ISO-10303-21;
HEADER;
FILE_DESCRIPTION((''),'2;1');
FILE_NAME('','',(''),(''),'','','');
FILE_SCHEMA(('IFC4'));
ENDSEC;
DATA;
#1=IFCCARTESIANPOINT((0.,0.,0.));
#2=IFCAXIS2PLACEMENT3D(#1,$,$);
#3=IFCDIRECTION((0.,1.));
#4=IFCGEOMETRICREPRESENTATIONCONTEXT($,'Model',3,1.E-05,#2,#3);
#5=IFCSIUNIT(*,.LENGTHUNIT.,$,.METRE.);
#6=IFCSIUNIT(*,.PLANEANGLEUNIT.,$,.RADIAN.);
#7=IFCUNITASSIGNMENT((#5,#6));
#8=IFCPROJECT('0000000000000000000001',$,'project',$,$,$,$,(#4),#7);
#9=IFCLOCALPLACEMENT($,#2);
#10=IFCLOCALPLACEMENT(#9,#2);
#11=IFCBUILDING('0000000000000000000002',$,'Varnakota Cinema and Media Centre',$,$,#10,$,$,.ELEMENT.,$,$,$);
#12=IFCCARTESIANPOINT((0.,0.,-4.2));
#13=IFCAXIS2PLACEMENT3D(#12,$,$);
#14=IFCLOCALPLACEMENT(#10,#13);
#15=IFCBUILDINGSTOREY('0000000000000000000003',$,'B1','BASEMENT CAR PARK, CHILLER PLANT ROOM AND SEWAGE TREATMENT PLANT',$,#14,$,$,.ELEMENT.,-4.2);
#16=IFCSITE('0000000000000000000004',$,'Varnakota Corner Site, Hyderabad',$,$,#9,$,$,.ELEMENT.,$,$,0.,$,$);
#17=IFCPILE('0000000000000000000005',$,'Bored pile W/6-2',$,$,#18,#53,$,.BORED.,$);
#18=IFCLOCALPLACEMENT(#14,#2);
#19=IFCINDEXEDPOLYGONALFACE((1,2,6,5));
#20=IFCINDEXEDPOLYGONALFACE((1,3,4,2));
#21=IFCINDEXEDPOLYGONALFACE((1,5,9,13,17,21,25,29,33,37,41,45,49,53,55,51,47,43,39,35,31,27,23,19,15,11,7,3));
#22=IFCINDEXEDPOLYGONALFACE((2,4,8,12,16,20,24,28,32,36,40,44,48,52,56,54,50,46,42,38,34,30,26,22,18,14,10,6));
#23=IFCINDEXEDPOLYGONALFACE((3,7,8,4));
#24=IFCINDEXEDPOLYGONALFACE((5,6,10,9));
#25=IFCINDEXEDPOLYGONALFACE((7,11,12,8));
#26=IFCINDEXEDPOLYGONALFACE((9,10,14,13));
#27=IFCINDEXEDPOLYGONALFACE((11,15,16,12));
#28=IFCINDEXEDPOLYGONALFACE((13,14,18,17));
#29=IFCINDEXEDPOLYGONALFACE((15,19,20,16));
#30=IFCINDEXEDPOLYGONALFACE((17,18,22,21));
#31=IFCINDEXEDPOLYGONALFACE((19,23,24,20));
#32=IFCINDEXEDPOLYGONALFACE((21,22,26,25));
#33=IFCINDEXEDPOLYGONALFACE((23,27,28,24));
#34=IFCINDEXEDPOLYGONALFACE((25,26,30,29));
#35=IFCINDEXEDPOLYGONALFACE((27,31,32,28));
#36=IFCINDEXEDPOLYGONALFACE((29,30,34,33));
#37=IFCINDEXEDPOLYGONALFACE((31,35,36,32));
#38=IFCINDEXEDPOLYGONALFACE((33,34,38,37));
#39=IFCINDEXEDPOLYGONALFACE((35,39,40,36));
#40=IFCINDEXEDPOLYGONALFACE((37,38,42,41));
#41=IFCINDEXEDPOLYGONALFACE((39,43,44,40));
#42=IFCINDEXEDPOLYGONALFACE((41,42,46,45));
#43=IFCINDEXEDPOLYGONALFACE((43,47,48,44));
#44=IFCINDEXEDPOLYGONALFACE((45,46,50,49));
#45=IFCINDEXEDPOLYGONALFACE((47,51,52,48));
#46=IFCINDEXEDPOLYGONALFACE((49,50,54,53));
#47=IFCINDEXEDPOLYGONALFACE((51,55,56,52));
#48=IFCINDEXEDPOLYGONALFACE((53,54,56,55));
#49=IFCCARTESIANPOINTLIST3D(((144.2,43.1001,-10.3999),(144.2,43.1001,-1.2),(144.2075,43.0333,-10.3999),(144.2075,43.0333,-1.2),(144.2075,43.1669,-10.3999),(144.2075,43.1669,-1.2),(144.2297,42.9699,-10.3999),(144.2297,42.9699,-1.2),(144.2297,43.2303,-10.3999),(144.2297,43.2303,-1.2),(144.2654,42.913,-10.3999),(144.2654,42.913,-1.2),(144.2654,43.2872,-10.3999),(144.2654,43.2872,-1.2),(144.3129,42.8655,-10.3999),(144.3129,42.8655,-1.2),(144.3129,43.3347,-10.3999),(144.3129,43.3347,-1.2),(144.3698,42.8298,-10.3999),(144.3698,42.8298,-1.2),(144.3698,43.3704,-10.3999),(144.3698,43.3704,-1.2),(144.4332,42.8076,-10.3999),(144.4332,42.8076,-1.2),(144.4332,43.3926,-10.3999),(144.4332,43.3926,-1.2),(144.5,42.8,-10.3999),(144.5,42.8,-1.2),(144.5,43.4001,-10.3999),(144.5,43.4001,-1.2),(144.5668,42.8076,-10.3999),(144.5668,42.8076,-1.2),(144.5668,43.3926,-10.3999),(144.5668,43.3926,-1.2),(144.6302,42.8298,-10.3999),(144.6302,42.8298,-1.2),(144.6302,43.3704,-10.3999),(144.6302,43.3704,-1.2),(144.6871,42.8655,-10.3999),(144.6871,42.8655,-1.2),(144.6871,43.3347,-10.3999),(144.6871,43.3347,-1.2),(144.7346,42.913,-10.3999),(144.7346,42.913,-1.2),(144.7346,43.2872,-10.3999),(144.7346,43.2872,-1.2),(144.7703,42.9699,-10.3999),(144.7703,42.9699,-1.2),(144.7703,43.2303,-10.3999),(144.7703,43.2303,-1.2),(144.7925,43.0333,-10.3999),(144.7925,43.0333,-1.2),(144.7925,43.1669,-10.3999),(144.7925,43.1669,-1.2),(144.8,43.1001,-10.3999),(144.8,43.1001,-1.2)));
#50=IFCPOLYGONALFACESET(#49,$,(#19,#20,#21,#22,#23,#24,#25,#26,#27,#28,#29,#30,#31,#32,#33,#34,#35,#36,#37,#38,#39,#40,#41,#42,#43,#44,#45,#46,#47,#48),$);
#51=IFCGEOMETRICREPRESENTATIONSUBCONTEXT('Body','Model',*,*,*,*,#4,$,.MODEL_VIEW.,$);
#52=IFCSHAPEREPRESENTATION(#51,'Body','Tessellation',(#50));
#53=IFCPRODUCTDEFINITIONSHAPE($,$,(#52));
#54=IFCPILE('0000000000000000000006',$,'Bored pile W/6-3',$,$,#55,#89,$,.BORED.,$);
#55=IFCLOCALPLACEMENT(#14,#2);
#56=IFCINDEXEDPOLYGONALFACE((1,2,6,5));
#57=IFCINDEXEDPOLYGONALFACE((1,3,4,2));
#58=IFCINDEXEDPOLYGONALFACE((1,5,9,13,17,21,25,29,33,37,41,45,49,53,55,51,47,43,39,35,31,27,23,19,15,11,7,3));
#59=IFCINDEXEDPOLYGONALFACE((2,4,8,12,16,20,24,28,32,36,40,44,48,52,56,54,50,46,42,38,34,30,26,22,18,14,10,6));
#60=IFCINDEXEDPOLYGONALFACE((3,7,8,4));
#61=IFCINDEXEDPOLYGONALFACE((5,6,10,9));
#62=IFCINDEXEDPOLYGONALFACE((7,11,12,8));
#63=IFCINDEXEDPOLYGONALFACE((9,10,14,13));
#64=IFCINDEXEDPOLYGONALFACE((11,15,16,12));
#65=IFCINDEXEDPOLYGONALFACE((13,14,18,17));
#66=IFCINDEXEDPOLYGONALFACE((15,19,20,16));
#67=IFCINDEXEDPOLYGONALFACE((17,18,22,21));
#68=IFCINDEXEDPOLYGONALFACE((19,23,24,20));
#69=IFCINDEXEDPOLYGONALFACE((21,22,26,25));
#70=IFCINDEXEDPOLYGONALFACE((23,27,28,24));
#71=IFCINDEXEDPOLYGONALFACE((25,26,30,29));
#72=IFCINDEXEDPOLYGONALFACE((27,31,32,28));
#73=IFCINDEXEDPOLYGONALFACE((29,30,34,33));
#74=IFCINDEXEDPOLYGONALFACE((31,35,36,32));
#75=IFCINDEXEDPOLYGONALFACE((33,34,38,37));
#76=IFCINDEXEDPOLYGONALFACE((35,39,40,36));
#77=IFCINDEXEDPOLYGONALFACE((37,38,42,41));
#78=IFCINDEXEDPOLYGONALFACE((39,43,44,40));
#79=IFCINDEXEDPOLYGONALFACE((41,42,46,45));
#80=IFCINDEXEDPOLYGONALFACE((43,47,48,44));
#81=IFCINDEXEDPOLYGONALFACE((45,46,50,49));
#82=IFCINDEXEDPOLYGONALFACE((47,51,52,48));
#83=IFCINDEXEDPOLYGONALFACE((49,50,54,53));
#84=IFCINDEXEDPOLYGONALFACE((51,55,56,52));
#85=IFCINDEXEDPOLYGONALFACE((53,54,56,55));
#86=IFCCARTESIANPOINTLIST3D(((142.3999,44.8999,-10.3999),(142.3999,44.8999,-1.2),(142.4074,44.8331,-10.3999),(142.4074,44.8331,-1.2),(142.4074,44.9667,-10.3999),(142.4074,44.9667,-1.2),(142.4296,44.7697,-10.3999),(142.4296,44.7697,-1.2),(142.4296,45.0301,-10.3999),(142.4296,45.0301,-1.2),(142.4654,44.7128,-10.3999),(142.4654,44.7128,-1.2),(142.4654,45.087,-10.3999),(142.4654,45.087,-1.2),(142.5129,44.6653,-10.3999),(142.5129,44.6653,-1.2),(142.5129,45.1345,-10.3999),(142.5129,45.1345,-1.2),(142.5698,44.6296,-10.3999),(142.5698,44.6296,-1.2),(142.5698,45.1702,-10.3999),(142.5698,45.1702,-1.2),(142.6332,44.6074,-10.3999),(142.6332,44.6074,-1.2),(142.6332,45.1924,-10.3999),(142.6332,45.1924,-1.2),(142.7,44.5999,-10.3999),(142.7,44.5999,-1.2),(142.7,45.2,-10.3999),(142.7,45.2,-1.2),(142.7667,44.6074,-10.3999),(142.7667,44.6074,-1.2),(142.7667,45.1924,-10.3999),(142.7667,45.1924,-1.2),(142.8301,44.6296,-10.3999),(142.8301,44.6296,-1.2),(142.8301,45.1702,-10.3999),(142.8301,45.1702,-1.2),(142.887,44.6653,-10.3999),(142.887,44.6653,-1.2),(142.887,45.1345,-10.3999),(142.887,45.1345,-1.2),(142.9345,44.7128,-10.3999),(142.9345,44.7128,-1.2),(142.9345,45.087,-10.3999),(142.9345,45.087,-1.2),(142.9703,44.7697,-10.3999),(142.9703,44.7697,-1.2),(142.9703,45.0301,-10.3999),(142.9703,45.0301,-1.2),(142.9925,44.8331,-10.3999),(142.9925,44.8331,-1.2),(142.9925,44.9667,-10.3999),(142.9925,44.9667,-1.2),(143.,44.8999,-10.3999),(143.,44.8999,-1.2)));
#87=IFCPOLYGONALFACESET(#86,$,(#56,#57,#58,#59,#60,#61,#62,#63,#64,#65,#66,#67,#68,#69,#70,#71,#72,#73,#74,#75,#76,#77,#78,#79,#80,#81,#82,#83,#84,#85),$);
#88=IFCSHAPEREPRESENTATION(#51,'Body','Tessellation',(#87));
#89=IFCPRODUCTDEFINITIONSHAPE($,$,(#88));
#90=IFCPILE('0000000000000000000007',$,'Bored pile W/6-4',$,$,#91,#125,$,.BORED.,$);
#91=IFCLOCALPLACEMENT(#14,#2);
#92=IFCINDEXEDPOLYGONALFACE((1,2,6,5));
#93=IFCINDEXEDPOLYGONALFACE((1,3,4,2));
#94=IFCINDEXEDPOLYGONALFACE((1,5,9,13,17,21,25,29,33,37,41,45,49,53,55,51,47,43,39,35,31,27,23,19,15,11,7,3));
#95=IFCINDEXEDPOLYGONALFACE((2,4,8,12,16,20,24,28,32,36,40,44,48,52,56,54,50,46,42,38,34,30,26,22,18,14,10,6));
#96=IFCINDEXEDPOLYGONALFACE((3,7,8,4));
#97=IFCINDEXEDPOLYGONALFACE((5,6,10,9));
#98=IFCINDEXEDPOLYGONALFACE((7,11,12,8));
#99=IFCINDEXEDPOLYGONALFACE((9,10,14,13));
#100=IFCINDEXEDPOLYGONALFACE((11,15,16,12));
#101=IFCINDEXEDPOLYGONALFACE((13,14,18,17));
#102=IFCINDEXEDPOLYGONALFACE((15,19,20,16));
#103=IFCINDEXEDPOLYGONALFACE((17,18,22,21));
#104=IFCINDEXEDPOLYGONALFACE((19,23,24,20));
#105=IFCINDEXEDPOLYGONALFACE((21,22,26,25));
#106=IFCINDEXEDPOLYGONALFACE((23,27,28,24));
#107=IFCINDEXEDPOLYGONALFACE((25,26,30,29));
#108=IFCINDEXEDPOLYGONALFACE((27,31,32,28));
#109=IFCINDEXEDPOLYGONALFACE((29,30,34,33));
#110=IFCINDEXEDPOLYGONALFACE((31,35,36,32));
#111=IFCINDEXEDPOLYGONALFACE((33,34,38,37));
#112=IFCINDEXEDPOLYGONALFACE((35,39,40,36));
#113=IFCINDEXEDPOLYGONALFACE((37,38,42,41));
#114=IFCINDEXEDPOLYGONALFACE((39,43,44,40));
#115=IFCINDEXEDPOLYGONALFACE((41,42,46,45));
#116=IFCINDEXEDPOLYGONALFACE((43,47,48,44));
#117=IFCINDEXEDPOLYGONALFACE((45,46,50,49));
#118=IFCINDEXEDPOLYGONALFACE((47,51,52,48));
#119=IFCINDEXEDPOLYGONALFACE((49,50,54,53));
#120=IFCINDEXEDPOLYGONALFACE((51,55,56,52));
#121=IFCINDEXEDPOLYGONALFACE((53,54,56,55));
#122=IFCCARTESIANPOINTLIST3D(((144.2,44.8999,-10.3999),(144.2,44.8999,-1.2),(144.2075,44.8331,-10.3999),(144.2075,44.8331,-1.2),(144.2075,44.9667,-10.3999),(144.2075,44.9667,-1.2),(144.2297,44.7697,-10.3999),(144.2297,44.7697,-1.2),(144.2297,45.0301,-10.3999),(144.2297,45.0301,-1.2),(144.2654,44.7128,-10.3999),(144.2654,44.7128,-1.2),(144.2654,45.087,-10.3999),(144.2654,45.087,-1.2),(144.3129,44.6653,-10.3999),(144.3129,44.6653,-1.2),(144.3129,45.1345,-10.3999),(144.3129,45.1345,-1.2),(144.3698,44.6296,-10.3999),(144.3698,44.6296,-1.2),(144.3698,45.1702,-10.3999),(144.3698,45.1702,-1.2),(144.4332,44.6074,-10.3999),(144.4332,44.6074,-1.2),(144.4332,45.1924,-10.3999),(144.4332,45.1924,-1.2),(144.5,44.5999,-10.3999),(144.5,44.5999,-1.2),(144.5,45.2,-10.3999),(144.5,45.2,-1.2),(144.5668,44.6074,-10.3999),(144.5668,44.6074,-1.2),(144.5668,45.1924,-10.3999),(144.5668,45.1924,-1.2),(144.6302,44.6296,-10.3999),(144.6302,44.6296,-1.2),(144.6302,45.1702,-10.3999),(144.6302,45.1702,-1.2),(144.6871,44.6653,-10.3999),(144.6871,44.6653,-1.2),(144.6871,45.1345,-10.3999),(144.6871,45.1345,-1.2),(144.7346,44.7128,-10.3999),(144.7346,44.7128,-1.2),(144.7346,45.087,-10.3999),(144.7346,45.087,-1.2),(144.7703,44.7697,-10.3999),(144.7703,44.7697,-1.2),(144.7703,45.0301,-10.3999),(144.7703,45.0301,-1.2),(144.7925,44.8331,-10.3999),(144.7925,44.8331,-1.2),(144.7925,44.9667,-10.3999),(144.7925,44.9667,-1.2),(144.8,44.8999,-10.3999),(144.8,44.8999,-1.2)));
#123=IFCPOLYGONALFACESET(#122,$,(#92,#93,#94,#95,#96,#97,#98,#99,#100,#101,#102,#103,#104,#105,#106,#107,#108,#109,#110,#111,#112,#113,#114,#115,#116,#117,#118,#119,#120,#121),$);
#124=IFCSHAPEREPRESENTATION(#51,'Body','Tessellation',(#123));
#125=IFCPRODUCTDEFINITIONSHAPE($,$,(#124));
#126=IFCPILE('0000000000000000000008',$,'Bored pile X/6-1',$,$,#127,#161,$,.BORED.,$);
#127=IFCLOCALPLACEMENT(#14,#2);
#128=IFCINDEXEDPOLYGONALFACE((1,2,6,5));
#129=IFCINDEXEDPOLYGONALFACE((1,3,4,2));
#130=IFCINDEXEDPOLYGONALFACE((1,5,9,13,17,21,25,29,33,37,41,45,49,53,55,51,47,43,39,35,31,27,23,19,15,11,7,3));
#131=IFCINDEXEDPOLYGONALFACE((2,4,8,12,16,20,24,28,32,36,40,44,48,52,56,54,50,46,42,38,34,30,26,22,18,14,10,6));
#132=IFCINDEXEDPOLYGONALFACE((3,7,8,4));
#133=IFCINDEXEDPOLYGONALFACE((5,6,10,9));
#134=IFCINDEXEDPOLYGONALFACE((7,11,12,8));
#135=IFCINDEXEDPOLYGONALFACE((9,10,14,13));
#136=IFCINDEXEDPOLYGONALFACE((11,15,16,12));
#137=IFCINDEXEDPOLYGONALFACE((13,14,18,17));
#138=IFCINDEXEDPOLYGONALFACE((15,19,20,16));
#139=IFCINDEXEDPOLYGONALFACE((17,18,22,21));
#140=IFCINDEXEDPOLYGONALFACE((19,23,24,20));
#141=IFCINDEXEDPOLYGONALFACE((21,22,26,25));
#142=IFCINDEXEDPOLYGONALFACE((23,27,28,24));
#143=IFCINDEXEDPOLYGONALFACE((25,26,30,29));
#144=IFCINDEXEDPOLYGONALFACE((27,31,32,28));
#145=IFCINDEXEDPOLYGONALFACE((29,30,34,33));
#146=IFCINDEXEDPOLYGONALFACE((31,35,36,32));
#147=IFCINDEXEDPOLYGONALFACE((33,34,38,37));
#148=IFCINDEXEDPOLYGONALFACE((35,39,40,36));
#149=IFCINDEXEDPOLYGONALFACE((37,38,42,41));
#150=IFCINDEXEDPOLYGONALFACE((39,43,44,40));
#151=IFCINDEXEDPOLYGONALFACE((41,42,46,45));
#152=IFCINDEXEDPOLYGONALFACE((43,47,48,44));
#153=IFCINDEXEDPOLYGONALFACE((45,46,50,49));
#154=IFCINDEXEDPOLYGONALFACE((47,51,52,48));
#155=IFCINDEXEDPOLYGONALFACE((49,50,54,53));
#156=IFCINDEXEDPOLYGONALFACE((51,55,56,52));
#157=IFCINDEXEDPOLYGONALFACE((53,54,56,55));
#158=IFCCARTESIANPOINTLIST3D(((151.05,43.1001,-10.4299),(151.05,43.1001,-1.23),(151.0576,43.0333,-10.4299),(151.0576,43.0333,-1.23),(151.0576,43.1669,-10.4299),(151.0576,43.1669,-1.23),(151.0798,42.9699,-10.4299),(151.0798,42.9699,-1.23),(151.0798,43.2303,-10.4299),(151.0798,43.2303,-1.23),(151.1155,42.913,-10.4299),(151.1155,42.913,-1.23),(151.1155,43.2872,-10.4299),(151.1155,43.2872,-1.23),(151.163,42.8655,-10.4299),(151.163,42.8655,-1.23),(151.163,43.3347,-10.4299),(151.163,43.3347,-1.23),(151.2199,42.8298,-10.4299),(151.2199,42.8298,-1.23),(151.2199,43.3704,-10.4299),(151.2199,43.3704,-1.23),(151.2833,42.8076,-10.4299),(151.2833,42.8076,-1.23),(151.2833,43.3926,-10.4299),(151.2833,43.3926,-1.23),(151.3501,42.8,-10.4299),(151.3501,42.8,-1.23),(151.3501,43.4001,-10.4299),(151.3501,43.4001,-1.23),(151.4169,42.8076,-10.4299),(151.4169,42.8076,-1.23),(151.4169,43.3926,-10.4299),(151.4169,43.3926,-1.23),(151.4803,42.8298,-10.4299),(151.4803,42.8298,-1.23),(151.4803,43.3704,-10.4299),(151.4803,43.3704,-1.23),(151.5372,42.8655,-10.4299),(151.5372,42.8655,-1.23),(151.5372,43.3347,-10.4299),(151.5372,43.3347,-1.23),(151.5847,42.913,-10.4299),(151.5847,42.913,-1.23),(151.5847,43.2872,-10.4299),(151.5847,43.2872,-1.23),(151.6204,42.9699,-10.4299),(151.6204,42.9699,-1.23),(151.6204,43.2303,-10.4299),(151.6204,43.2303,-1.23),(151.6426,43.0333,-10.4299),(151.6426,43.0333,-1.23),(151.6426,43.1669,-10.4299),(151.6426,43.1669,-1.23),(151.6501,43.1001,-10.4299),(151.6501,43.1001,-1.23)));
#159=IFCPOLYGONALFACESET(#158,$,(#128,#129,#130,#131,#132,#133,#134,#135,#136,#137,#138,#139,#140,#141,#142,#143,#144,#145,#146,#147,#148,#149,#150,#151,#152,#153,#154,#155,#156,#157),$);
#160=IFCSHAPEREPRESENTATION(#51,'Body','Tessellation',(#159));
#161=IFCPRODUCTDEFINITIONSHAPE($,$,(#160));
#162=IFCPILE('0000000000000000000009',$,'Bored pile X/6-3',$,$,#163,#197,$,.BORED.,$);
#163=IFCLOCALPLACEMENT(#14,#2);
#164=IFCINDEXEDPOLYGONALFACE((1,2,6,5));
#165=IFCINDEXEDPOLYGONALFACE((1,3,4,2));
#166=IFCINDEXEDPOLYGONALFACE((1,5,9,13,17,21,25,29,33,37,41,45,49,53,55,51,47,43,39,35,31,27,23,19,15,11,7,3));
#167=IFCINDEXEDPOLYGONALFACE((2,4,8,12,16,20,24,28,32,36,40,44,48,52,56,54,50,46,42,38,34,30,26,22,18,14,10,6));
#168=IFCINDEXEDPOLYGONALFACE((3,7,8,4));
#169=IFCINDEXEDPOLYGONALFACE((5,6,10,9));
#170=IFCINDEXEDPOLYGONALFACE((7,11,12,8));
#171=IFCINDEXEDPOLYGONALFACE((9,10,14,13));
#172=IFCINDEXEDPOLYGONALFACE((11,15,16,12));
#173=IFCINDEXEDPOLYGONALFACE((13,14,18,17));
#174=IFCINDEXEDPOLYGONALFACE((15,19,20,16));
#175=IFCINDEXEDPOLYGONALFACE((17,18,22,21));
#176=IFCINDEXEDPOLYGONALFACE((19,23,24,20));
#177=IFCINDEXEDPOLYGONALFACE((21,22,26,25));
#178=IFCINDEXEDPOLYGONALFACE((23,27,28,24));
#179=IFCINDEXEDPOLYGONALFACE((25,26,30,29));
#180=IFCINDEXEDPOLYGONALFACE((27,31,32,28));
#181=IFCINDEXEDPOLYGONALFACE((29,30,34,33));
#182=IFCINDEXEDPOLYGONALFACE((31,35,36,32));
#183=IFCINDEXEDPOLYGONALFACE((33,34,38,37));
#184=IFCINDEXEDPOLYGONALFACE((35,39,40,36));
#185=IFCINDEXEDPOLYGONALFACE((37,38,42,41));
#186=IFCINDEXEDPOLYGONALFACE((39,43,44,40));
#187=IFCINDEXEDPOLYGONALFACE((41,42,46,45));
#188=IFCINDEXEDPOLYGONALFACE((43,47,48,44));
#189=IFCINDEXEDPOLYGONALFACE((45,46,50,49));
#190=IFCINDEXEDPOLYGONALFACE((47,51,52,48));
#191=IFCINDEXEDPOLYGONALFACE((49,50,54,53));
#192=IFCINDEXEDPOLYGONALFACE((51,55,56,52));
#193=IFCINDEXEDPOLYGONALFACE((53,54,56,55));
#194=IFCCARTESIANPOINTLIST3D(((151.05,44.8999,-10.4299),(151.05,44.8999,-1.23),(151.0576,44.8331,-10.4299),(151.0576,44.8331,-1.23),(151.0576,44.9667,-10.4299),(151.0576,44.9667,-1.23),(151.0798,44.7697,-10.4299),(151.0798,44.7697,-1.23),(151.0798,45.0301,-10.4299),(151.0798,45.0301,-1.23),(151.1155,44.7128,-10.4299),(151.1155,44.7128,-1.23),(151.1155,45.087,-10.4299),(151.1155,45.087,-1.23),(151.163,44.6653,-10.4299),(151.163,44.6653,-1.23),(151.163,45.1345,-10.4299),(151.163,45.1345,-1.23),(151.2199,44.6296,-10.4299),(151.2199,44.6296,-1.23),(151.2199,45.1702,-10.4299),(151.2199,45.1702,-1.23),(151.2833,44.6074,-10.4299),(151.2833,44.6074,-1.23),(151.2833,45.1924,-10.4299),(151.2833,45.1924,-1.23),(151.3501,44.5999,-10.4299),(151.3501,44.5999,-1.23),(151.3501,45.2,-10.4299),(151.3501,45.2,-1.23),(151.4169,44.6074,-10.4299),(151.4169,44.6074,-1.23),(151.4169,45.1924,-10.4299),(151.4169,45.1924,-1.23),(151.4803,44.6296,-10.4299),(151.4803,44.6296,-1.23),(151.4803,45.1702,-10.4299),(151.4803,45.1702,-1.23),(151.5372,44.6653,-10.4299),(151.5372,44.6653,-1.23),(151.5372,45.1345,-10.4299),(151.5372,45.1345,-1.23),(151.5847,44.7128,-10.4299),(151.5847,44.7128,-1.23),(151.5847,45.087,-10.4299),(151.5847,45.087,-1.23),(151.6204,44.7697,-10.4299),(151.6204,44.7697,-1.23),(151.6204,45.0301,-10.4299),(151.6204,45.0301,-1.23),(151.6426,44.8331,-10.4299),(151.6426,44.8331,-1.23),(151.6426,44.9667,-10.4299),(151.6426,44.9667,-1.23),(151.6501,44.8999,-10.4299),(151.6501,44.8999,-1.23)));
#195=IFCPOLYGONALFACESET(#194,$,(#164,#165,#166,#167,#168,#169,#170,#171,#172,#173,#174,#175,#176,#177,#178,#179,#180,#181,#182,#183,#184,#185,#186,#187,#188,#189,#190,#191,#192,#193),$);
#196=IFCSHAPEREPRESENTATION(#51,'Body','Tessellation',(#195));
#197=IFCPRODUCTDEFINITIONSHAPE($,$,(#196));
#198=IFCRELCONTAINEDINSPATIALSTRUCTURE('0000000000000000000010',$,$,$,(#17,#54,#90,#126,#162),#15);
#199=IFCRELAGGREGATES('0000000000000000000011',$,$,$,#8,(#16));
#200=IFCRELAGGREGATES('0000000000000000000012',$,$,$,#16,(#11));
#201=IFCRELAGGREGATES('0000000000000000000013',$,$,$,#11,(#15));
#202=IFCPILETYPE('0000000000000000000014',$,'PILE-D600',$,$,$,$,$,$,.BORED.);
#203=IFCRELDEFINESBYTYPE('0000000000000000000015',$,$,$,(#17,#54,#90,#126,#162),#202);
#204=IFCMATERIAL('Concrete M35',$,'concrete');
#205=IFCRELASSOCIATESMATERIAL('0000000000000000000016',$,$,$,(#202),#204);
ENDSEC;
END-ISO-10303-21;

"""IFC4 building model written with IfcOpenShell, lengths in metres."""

from ifc_helpers import new_model, si_unit, direction, frame, origin, origin_2d, place, context, subcontext, project, spatial, circle, extrude, material, material_profile, profile_set, type_object, element, save


model = new_model("IFC4")

# Units and contexts
model_context = context("Model", 3, precision=1e-05, world=origin(), true_north=direction((0.0, 1.0)))
body_context = subcontext(model_context, "Body", "Model", "MODEL_VIEW")
ifc_project = project(units=[si_unit("LENGTHUNIT", "METRE"), si_unit("PLANEANGLEUNIT", "RADIAN")], contexts=[model_context])

# Site, building, storey
site_placement = place(None, origin())
site = spatial("IfcSite", under=ifc_project, at=site_placement, Name="Varnakota Corner Site, Hyderabad", CompositionType="ELEMENT", RefElevation=0.0)
building_placement = place(site_placement, origin())
building = spatial("IfcBuilding", under=site, at=building_placement, Name="Varnakota Cinema and Media Centre", CompositionType="ELEMENT")
storey_placement = place(building_placement, frame((0.0, 0.0, -4.2)))
storey = spatial("IfcBuildingStorey", under=building, at=storey_placement, Name="B1", Description="BASEMENT CAR PARK, CHILLER PLANT ROOM AND SEWAGE TREATMENT PLANT", CompositionType="ELEMENT", Elevation=-4.2)

# Piles
ifc_material_1 = material(Name="Concrete M35", Category="concrete")
ifc_material_profile_1 = material_profile(ifc_material_1, circle(Radius=0.3, at=origin_2d()), Name="PILE D600")
ifc_profile_set_1 = profile_set([ifc_material_profile_1], Name="Concrete M35")
pile_type_1 = type_object("IfcPileType", Name="PILE-D600", PredefinedType="BORED", material=ifc_profile_set_1)
for number, where, z_axis, x_axis, name in (
    (1, (144.5, 43.1001, -1.2), (0.0, 0.0, -1.0), (1.0, 0.0, 0.0), "Bored pile W/6-2"),
    (2, (142.7, 44.8999, -1.2), (0.0, 0.0, -1.0), (1.0, 0.0, 0.0), "Bored pile W/6-3"),
    (3, (144.5, 44.8999, -1.2), (0.0, 0.0, -1.0), (1.0, 0.0, 0.0), "Bored pile W/6-4"),
    (4, (151.3501, 43.1001, -1.23), (0.0, 0.0, -1.0), (1.0, 0.0, 0.0), "Bored pile X/6-1"),
    (5, (151.3501, 44.8999, -1.23), (0.0, 0.0, -1.0), (1.0, 0.0, 0.0), "Bored pile X/6-3"),
):
    element("IfcPile", number, at=place(storey_placement, frame(where, z_axis=z_axis, x_axis=x_axis)), inside=storey, type_object=pile_type_1, Name=name, PredefinedType="BORED", context=body_context, shape_type="SweptSolid", body=[
        extrude(circle(Radius=0.3, at=origin_2d()), origin(), (0.0, 0.0, 1.0), 9.2),
    ])

save(model, "model.ifc")
